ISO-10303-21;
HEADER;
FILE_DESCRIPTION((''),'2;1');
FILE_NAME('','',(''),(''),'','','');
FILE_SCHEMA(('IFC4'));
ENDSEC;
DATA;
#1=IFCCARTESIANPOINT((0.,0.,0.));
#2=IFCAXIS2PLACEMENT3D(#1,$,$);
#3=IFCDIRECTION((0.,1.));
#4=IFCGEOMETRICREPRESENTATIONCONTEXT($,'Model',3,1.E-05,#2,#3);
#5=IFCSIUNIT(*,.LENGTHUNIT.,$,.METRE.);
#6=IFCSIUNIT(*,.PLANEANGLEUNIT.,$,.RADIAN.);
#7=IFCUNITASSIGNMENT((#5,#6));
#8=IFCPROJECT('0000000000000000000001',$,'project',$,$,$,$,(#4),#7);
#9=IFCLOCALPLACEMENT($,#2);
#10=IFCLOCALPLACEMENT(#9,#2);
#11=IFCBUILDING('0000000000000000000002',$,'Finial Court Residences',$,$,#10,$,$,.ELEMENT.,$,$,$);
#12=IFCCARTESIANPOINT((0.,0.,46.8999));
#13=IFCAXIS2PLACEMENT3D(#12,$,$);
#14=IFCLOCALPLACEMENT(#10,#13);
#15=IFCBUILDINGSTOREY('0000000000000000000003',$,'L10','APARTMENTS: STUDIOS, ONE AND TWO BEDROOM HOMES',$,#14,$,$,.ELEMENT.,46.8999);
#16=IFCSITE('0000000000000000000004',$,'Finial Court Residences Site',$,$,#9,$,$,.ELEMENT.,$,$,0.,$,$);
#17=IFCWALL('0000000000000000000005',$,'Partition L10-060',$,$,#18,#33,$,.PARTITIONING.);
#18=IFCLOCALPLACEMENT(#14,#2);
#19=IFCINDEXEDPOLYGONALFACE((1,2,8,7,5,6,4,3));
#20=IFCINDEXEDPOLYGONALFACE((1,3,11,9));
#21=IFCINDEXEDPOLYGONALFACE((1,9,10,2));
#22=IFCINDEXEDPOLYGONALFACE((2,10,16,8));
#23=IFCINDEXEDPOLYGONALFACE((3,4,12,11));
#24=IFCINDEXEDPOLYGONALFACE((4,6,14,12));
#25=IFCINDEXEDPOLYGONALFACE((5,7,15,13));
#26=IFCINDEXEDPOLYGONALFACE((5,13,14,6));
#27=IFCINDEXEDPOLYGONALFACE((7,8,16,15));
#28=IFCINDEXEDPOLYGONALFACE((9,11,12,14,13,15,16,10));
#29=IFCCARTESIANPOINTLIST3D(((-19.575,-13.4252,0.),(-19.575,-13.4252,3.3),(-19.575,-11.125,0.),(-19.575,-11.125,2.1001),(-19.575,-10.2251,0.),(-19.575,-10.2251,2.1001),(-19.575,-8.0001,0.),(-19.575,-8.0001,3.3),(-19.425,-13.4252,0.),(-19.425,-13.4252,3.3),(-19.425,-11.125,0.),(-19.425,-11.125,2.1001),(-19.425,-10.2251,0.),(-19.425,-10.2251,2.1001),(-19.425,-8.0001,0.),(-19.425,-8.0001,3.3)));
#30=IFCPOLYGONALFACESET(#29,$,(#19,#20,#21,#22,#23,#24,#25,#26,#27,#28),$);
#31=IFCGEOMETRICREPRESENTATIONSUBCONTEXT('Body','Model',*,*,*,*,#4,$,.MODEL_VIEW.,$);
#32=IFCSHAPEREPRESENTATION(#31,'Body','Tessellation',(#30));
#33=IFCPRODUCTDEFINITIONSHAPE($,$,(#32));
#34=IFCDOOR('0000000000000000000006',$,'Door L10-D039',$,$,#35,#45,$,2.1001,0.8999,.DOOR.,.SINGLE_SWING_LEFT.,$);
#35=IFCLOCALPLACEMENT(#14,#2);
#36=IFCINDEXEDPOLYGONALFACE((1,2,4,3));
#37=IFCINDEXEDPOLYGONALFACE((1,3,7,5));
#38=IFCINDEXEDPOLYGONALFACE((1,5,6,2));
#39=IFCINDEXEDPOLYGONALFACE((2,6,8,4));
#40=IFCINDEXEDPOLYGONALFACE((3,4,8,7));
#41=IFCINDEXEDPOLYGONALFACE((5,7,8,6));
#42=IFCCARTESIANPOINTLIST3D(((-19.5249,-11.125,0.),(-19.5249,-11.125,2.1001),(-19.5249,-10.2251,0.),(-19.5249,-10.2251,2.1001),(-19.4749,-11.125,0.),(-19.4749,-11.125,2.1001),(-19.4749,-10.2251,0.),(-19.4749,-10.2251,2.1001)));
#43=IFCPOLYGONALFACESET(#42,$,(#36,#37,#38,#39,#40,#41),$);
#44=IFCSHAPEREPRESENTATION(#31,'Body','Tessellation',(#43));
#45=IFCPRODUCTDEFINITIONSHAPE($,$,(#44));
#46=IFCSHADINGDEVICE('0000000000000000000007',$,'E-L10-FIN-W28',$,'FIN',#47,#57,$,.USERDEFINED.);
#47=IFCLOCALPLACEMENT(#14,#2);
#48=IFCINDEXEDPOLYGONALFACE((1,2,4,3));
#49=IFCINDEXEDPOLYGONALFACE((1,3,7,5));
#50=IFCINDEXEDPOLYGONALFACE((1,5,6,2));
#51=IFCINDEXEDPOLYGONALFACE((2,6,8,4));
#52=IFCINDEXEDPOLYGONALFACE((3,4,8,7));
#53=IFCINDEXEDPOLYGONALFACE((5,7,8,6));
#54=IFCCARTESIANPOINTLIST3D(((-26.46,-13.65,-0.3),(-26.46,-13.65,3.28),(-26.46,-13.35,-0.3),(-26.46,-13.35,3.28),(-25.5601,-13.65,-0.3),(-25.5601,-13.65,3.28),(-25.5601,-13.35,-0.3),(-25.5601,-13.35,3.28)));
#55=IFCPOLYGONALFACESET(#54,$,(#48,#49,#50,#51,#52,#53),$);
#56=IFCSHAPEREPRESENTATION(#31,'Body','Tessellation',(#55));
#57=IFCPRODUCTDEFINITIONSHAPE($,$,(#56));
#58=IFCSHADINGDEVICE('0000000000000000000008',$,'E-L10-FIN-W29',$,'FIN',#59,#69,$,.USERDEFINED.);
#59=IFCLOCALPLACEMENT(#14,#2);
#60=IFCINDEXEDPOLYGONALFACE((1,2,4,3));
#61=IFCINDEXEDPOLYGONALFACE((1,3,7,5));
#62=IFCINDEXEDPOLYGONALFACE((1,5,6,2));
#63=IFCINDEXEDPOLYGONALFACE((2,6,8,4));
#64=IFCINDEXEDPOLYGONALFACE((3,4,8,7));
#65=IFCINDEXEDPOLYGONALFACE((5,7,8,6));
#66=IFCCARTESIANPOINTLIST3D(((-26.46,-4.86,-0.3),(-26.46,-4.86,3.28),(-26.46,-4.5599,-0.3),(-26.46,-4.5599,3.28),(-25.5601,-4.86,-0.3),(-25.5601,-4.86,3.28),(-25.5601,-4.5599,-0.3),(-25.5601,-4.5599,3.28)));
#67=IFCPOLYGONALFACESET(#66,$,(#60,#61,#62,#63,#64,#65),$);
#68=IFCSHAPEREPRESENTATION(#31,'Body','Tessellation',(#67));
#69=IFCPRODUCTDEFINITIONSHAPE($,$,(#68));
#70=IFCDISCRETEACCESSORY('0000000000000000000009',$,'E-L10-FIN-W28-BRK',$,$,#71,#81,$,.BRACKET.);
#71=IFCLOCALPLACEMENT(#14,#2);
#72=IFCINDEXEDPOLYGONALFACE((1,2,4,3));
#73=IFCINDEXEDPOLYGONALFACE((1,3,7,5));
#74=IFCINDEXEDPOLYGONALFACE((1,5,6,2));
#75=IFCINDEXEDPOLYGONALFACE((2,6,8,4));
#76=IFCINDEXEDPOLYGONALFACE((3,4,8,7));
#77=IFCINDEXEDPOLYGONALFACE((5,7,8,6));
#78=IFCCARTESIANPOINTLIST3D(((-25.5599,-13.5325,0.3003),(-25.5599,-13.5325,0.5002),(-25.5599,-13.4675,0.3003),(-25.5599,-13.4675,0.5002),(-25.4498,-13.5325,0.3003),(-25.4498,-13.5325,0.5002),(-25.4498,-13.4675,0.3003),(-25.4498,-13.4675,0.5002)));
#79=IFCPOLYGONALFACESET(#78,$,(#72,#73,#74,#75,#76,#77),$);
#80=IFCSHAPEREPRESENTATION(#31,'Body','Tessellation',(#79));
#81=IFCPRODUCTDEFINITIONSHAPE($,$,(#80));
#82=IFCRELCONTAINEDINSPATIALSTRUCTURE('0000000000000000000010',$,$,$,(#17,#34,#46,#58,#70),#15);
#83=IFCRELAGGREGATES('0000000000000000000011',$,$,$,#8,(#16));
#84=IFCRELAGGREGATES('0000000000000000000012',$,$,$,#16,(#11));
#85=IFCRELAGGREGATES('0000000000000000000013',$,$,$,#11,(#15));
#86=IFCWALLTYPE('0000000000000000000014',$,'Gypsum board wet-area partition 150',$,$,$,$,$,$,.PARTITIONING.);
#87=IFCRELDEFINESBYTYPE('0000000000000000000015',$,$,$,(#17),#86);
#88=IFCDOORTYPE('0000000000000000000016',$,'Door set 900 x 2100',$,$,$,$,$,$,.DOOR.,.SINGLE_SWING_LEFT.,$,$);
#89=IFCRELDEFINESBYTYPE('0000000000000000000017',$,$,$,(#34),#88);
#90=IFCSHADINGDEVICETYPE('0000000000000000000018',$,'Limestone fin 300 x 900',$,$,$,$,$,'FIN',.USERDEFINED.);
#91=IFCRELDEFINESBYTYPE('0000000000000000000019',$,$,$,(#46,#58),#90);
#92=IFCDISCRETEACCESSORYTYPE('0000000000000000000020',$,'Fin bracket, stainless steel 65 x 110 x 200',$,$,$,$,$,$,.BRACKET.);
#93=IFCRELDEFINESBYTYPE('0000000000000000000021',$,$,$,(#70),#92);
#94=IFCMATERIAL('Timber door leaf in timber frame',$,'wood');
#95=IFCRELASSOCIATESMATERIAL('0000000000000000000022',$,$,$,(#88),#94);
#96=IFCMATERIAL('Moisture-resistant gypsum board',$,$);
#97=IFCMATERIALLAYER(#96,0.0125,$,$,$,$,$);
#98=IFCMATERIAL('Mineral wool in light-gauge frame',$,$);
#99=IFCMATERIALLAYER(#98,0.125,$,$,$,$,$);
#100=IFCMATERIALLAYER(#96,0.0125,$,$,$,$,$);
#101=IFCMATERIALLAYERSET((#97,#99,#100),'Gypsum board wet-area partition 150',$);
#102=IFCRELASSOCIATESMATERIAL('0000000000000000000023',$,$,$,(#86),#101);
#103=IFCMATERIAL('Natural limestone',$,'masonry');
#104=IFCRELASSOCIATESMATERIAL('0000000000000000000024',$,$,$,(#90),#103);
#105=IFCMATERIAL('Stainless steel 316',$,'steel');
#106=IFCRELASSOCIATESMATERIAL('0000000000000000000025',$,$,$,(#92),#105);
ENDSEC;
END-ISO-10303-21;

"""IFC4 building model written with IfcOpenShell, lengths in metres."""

from ifc_helpers import new_model, si_unit, direction, frame, frame_2d, origin, origin_2d, place, context, subcontext, project, spatial, rectangle, extrude, material, layer, layer_set, type_object, element, fill, save


model = new_model("IFC4")

# Units and contexts
model_context = context("Model", 3, precision=1e-05, world=origin(), true_north=direction((0.0, 1.0)))
body_context = subcontext(model_context, "Body", "Model", "MODEL_VIEW")
ifc_project = project(units=[si_unit("LENGTHUNIT", "METRE"), si_unit("PLANEANGLEUNIT", "RADIAN")], contexts=[model_context])

# Site, building, storey
site_placement = place(None, origin())
site = spatial("IfcSite", under=ifc_project, at=site_placement, Name="Finial Court Residences Site", CompositionType="ELEMENT", RefElevation=0.0)
building_placement = place(site_placement, origin())
building = spatial("IfcBuilding", under=site, at=building_placement, Name="Finial Court Residences", CompositionType="ELEMENT")
storey_placement = place(building_placement, frame((0.0, 0.0, 46.8999)))
storey = spatial("IfcBuildingStorey", under=building, at=storey_placement, Name="L10", Description="APARTMENTS: STUDIOS, ONE AND TWO BEDROOM HOMES", CompositionType="ELEMENT", Elevation=46.8999)

# Shared definitions
ifc_material_1 = material(Name="Mineral wool in light-gauge frame")
ifc_material_2 = material(Name="Timber door leaf in timber frame", Category="wood")
door_type_1 = type_object("IfcDoorType", Name="Door set 900 x 2100", OperationType="SINGLE_SWING_LEFT", PredefinedType="DOOR", material=ifc_material_2)

# Shared definitions
ifc_material_3 = material(Name="Moisture-resistant gypsum board")
ifc_layer_1 = layer(ifc_material_3, 0.0125)
ifc_layer_2 = layer(ifc_material_1, 0.125)
ifc_layer_3 = layer(ifc_material_3, 0.0125)
ifc_layer_set_1 = layer_set([ifc_layer_1, ifc_layer_2, ifc_layer_3], Name="Gypsum board wet-area partition 150")
wall_type_1 = type_object("IfcWallType", Name="Gypsum board wet-area partition 150", PredefinedType="PARTITIONING", material=ifc_layer_set_1)

# Wall, opening, door
wall_1_placement = place(storey_placement, frame((-19.5, -13.425, 0.0), z_axis=(0.0, 0.0, 1.0), x_axis=(0.0, 1.0, 0.0)))
wall_1 = element("IfcWall", 1, at=wall_1_placement, inside=storey, type_object=wall_type_1, Name="Partition L10-060", PredefinedType="PARTITIONING", context=body_context, shape_type="SweptSolid", body=[
    extrude(rectangle(XDim=5.425, YDim=0.1499, at=frame_2d((2.7124, 0.0))), origin(), (0.0, 0.0, 1.0), 3.3),
])
opening_1_placement = place(wall_1_placement, frame((2.3, 0.0, 0.0)))
opening_1 = element("IfcOpeningElement", 2, at=opening_1_placement, cuts=wall_1, PredefinedType="OPENING", context=body_context, shape_type="SweptSolid", body=[
    extrude(rectangle(XDim=0.8999, YDim=2.1001, at=frame_2d((0.45, 1.05))), frame((0.0, 0.085, 0.0), z_axis=(0.0, -1.0, 0.0), x_axis=(1.0, 0.0, 0.0)), (0.0, 0.0, 1.0), 0.1699),
])
door_1_placement = place(opening_1_placement, origin())
door_1 = element("IfcDoor", 3, at=door_1_placement, inside=storey, type_object=door_type_1, Name="Door L10-D039", OperationType="SINGLE_SWING_LEFT", OverallHeight=2.1001, OverallWidth=0.8999, PredefinedType="DOOR", context=body_context, shape_type="SweptSolid", body=[
    extrude(rectangle(XDim=0.8999, YDim=2.1001, at=frame_2d((0.45, 1.05))), frame((0.0, 0.0249, 0.0), z_axis=(0.0, -1.0, 0.0), x_axis=(1.0, 0.0, 0.0)), (0.0, 0.0, 1.0), 0.05),
])
fill(opening_1, door_1)

# Shading devices
ifc_material_4 = material(Name="Natural limestone", Category="masonry")
shading_device_type = type_object("IfcShadingDeviceType", Name="Limestone fin 300 x 900", ElementType="FIN", PredefinedType="USERDEFINED", material=ifc_material_4)
for number, where, z_axis, x_axis, name in (
    (4, (-26.01, -13.5, -0.3), (0.0, 0.0, 1.0), (1.0, 0.0, 0.0), "E-L10-FIN-W28"),
    (5, (-26.01, -4.71, -0.3), (0.0, 0.0, 1.0), (1.0, 0.0, 0.0), "E-L10-FIN-W29"),
):
    element("IfcShadingDevice", number, at=place(storey_placement, frame(where, z_axis=z_axis, x_axis=x_axis)), inside=storey, type_object=shading_device_type, Name=name, ObjectType="FIN", PredefinedType="USERDEFINED", context=body_context, shape_type="SweptSolid", body=[
        extrude(rectangle(XDim=0.8999, YDim=0.3, at=origin_2d()), origin(), (0.0, 0.0, 1.0), 3.5801),
    ])

# Discrete accessory
ifc_material_5 = material(Name="Stainless steel 316", Category="steel")
discrete_accessory_type = type_object("IfcDiscreteAccessoryType", Name="Fin bracket, stainless steel 65 x 110 x 200", PredefinedType="BRACKET", material=ifc_material_5)
discrete_accessory_placement = place(storey_placement, frame((-25.5049, -13.5, 0.3003), z_axis=(0.0, 0.0, 1.0), x_axis=(1.0, 0.0, 0.0)))
element("IfcDiscreteAccessory", 6, at=discrete_accessory_placement, inside=storey, type_object=discrete_accessory_type, Name="E-L10-FIN-W28-BRK", PredefinedType="BRACKET", context=body_context, shape_type="SweptSolid", body=[
    extrude(rectangle(XDim=0.1101, YDim=0.0649, at=origin_2d()), origin(), (0.0, 0.0, 1.0), 0.2),
])

save(model, "model.ifc")
